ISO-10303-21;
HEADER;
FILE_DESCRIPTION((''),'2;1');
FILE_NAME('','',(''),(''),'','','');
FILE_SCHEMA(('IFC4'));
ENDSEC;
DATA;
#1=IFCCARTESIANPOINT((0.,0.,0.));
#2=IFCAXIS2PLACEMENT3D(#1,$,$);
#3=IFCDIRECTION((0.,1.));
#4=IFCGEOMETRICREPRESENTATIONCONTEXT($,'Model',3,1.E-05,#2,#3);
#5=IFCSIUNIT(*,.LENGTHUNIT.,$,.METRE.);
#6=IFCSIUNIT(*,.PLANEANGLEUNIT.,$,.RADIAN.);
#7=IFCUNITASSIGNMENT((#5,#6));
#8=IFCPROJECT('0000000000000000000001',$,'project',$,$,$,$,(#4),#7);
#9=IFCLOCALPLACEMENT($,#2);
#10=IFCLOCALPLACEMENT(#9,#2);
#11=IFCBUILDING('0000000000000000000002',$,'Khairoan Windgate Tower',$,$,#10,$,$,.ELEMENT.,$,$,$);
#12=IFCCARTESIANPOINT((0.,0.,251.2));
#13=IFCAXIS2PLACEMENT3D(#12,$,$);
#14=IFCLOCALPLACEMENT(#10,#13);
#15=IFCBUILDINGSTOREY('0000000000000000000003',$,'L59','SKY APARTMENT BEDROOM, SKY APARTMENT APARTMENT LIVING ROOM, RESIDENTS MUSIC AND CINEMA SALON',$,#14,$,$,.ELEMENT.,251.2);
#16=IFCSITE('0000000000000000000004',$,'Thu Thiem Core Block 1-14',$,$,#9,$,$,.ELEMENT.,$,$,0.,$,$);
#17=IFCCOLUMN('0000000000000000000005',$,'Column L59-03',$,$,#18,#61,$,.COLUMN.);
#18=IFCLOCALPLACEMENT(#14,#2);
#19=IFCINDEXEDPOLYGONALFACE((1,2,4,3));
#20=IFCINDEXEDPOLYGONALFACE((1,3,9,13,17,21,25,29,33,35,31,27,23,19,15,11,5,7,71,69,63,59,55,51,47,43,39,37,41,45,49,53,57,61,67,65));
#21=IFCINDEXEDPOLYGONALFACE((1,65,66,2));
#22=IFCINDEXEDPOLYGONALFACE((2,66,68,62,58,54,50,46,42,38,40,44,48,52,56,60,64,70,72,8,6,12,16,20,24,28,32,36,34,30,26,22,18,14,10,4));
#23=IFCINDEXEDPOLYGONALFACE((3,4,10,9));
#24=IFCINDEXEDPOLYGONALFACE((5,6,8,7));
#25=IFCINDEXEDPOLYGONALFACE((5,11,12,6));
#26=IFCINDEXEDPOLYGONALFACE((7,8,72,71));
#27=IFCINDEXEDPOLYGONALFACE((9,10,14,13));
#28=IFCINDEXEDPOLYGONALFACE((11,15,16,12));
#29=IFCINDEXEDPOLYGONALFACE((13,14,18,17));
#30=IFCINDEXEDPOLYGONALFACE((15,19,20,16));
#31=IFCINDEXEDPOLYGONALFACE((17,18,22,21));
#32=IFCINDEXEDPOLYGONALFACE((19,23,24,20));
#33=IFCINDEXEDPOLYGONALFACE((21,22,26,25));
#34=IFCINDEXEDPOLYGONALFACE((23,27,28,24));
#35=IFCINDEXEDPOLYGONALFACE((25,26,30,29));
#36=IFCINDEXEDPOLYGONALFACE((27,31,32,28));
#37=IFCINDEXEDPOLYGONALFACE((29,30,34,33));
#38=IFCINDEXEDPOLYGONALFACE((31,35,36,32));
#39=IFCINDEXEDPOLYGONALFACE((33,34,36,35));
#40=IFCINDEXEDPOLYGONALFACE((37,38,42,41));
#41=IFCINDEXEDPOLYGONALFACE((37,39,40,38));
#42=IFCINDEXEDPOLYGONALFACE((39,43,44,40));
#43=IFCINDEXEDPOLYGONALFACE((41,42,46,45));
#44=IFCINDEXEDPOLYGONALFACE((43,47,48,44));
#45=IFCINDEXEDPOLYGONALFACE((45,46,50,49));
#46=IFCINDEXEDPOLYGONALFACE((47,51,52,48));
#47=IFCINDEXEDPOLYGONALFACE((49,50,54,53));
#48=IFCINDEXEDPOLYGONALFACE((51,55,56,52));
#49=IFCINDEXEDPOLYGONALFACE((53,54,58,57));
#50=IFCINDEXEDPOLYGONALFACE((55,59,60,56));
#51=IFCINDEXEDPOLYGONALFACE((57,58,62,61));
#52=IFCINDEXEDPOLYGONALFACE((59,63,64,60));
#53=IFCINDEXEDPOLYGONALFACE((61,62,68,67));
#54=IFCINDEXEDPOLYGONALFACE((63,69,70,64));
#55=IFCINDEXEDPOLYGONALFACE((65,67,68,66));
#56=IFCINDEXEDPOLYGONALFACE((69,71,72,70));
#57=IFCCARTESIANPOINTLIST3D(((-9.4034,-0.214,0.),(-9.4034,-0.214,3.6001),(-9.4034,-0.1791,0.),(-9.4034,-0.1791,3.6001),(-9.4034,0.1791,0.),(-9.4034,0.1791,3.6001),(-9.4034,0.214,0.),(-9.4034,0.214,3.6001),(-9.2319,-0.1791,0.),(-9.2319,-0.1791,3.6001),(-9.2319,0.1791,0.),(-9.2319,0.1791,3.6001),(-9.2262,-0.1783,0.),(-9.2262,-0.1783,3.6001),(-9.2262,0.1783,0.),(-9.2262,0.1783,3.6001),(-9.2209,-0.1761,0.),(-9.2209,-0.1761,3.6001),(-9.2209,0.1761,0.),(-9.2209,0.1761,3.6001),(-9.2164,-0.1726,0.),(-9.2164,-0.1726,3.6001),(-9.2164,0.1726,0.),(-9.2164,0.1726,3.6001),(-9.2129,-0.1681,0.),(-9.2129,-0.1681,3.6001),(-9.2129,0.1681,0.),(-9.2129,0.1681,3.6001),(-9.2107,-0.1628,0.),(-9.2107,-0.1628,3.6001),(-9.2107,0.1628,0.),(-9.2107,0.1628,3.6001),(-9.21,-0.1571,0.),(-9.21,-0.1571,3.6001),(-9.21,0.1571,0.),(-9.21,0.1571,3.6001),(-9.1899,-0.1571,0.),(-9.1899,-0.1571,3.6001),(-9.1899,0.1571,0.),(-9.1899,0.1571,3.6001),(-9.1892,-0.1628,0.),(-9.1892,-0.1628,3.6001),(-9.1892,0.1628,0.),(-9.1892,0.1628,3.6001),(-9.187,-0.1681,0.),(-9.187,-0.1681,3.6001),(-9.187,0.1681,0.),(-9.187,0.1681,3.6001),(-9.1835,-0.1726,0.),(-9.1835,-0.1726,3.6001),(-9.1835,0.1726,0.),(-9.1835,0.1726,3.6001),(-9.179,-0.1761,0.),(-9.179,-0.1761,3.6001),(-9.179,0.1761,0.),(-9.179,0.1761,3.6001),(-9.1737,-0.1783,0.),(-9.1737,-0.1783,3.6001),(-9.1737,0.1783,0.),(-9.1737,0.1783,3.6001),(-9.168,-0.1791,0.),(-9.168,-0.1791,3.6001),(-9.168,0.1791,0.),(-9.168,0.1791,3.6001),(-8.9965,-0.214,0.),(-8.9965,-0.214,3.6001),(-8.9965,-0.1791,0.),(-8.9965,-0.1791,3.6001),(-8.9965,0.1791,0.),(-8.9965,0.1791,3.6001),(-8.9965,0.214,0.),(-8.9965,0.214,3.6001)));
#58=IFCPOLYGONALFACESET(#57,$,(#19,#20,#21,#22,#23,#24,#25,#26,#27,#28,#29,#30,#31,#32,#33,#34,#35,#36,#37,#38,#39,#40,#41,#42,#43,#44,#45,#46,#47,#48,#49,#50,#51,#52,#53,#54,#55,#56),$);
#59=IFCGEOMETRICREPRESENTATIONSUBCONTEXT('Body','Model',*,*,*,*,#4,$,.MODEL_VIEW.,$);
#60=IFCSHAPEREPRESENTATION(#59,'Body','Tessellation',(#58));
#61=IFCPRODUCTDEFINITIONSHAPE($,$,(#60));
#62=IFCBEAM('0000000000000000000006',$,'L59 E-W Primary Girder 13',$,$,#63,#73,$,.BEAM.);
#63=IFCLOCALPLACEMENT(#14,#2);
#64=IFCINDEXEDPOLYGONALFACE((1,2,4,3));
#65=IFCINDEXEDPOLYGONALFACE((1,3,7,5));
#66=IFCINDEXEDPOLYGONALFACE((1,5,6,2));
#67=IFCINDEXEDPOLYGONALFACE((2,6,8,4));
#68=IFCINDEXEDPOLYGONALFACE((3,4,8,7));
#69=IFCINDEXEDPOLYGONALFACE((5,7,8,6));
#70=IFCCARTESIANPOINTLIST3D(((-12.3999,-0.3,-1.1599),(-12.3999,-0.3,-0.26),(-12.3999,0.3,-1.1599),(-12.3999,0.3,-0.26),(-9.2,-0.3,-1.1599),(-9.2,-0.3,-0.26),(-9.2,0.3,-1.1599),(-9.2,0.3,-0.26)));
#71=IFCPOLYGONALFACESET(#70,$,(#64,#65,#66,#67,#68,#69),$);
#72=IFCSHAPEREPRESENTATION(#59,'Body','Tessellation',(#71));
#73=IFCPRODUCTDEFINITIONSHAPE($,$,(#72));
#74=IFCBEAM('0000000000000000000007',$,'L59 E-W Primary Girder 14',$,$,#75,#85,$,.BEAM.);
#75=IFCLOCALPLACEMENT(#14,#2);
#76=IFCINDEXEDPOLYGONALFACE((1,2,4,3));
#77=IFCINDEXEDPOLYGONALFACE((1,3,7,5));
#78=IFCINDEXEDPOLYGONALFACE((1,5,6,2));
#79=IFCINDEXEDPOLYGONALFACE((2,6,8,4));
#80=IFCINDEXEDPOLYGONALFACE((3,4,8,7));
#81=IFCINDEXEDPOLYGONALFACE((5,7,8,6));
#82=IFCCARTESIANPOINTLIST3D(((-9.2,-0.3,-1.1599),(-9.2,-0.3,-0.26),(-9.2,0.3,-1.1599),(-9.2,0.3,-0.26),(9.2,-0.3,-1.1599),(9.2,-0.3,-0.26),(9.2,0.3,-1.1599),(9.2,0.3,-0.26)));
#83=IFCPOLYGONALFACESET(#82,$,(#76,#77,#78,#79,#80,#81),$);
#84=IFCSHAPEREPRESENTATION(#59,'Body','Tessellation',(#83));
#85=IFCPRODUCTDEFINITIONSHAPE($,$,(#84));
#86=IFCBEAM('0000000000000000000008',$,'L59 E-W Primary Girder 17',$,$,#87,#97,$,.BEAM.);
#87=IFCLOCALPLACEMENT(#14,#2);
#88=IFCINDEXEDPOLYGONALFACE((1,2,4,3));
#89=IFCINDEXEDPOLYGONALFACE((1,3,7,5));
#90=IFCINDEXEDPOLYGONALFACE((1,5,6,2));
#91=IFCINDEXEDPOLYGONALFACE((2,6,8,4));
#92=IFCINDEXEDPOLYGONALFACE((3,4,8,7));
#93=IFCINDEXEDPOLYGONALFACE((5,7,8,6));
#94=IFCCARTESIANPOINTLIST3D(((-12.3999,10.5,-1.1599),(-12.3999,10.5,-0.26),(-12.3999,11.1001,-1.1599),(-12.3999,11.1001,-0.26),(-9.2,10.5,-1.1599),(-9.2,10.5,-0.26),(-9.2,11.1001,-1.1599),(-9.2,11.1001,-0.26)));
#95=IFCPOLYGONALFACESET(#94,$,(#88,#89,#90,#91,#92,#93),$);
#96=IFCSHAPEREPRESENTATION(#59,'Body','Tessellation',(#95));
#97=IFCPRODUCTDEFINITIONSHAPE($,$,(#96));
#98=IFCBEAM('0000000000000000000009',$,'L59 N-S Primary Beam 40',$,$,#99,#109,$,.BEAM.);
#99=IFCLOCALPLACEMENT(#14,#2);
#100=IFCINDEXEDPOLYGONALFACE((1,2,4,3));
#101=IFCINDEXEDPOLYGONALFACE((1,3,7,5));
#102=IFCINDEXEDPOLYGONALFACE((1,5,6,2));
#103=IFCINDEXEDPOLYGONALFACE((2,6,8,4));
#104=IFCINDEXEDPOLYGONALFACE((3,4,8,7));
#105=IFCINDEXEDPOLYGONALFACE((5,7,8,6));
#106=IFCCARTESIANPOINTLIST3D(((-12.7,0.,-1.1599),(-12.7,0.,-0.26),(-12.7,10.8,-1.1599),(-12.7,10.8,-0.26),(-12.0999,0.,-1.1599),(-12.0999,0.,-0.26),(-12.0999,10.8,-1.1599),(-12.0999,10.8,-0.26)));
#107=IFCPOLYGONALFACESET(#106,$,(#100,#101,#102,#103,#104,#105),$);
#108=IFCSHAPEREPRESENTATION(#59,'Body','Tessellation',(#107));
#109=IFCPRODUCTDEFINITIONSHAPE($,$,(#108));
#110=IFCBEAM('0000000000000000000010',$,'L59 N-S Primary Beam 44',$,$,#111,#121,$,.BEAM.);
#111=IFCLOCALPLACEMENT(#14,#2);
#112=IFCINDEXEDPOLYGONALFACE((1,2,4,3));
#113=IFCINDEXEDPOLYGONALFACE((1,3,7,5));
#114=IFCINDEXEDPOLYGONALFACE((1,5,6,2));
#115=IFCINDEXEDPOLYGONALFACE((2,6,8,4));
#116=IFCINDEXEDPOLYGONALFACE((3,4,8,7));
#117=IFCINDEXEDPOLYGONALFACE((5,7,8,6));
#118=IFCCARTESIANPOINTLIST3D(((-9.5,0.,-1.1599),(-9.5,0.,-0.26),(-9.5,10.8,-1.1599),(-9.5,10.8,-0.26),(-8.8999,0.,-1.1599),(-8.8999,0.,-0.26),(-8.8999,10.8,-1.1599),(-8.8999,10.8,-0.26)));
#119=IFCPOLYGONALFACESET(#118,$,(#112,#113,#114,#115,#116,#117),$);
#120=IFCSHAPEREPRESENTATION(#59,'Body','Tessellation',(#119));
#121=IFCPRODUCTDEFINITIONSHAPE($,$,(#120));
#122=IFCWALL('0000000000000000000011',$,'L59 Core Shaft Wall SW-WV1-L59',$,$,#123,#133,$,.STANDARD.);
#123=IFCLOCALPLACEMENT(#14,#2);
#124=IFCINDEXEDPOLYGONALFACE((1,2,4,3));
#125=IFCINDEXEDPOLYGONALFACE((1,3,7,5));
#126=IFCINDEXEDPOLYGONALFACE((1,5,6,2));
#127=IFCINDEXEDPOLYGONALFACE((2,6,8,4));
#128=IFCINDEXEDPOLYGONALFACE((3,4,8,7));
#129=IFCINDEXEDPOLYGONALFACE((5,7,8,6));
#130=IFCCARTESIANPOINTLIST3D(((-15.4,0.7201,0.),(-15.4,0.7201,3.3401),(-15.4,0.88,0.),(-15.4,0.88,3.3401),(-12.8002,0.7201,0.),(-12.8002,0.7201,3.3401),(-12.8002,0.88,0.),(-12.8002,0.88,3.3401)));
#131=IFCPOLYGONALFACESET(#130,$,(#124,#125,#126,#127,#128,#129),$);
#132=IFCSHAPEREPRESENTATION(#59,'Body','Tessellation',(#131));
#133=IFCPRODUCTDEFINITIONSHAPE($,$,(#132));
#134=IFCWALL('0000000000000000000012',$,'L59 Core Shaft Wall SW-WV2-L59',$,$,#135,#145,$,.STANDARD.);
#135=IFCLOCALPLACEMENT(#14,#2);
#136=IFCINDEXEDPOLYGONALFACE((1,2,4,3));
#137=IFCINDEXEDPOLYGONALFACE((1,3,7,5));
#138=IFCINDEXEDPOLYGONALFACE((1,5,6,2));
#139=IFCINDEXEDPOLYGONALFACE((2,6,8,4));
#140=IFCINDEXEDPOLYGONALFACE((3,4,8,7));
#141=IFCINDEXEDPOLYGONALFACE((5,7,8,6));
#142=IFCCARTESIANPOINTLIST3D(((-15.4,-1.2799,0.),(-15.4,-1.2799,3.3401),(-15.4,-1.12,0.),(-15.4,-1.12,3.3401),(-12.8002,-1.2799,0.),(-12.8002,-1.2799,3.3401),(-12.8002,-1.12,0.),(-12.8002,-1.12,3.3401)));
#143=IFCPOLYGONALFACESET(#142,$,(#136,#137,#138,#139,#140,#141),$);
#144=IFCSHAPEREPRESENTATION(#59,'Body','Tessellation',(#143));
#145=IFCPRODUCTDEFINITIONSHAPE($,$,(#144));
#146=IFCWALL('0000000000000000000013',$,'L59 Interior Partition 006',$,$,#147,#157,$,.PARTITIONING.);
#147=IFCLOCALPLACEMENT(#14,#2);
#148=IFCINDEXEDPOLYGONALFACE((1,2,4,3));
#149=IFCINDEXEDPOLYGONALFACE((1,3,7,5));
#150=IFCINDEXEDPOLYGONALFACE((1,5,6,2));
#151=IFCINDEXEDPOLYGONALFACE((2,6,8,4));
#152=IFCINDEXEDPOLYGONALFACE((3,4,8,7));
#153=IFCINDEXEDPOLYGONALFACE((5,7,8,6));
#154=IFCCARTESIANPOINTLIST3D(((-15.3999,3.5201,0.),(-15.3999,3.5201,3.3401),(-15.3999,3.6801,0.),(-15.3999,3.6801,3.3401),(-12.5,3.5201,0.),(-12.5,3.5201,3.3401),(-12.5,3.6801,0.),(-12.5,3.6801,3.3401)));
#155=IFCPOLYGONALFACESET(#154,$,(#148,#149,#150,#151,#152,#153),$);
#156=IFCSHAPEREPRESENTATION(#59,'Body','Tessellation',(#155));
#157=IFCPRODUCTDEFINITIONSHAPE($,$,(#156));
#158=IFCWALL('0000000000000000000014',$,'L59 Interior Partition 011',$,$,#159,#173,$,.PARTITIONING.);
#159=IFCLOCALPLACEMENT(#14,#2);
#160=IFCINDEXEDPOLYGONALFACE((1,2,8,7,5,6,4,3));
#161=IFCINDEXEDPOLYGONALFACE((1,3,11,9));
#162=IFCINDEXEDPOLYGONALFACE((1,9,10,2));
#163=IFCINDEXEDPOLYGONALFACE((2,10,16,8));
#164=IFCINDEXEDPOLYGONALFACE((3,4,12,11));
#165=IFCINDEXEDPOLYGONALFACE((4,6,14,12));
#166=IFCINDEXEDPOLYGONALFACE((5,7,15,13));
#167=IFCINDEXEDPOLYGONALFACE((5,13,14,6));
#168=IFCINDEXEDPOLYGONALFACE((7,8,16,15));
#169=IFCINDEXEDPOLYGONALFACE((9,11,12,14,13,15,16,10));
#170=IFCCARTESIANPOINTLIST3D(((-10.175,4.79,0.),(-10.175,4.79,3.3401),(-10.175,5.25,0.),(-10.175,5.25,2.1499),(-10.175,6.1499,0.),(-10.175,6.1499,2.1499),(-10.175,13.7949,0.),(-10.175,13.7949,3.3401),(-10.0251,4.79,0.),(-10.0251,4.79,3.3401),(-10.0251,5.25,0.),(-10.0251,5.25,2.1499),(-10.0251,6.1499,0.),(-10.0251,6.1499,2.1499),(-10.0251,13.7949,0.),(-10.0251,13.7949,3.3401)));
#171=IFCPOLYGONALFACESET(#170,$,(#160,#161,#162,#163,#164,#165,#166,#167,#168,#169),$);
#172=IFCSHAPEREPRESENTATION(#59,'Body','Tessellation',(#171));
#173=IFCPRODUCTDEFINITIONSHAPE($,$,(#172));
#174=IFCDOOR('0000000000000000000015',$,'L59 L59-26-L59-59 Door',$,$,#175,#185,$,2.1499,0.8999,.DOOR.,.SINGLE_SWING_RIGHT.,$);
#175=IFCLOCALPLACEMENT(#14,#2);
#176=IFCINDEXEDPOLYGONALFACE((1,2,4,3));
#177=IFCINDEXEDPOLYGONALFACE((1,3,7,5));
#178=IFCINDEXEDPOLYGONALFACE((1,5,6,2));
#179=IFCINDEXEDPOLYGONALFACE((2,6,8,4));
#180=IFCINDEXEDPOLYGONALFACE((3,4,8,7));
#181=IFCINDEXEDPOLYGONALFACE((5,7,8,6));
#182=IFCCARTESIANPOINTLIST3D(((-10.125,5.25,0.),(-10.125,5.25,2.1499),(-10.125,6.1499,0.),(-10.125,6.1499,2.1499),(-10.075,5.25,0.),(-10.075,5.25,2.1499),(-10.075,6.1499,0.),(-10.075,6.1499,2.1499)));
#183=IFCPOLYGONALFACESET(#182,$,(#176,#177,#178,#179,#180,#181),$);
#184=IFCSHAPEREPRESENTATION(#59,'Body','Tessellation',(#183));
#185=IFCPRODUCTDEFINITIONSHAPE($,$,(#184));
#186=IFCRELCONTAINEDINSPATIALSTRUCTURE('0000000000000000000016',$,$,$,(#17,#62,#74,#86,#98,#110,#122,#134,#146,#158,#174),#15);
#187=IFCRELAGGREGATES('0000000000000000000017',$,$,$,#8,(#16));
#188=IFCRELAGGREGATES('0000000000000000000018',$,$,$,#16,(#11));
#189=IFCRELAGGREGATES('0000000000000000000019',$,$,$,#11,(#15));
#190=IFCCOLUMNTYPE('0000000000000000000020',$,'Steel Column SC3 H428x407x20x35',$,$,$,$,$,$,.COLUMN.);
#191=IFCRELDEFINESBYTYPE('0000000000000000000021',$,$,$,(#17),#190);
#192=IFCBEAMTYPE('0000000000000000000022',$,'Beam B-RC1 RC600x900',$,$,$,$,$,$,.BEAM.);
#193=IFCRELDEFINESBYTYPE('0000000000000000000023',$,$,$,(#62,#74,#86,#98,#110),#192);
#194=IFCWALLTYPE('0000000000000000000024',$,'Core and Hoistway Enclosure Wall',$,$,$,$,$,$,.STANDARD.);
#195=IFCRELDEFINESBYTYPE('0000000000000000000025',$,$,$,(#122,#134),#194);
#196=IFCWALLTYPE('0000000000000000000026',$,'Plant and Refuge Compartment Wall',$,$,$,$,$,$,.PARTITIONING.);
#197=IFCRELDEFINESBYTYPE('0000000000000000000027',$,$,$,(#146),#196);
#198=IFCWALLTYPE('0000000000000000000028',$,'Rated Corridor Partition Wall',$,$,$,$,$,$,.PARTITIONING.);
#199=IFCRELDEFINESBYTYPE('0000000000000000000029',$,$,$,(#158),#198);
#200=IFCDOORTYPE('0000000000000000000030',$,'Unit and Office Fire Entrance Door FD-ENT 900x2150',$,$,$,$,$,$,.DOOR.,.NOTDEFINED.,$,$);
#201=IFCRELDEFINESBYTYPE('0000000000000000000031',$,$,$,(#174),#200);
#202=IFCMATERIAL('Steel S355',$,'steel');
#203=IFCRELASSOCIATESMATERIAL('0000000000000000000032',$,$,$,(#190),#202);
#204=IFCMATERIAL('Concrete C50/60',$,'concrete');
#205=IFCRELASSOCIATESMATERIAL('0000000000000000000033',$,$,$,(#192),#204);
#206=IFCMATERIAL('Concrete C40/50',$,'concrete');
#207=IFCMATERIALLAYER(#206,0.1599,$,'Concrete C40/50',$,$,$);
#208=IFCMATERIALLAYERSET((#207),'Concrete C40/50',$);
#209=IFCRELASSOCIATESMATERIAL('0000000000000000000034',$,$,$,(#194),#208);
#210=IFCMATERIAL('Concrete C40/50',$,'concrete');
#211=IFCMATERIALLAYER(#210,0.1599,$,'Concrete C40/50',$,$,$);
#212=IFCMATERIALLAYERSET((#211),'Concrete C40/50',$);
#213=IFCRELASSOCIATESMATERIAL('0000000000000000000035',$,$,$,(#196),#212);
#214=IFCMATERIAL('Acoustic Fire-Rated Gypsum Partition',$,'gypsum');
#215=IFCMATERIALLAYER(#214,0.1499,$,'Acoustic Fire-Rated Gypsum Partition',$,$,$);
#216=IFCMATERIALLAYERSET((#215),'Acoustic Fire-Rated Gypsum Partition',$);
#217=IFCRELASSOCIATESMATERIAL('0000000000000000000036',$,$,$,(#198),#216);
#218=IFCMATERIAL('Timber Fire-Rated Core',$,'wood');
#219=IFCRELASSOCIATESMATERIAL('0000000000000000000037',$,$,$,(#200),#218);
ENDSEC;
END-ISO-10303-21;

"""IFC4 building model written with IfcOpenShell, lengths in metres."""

from ifc_helpers import new_model, si_unit, direction, frame, frame_2d, origin, origin_2d, place, context, subcontext, project, spatial, rectangle, i_section, extrude, material, layer, layer_set, material_profile, profile_set, type_object, element, fill, save


model = new_model("IFC4")

# Units and contexts
model_context = context("Model", 3, precision=1e-05, world=origin(), true_north=direction((0.0, 1.0)))
body_context = subcontext(model_context, "Body", "Model", "MODEL_VIEW")
ifc_project = project(units=[si_unit("LENGTHUNIT", "METRE"), si_unit("PLANEANGLEUNIT", "RADIAN")], contexts=[model_context])

# Site, building, storey
site_placement = place(None, origin())
site = spatial("IfcSite", under=ifc_project, at=site_placement, Name="Thu Thiem Core Block 1-14", CompositionType="ELEMENT", RefElevation=0.0)
building_placement = place(site_placement, origin())
building = spatial("IfcBuilding", under=site, at=building_placement, Name="Khairoan Windgate Tower", CompositionType="ELEMENT")
storey_placement = place(building_placement, frame((0.0, 0.0, 251.2)))
storey = spatial("IfcBuildingStorey", under=building, at=storey_placement, Name="L59", Description="SKY APARTMENT BEDROOM, SKY APARTMENT APARTMENT LIVING ROOM, RESIDENTS MUSIC AND CINEMA SALON", CompositionType="ELEMENT", Elevation=251.2)

# Column
ifc_material_1 = material(Name="Steel S355", Category="steel")
ifc_material_profile_1 = material_profile(ifc_material_1, i_section(OverallWidth=0.407, OverallDepth=0.428, WebThickness=0.02, FlangeThickness=0.0349, FilletRadius=0.022, at=origin_2d()))
ifc_profile_set_1 = profile_set([ifc_material_profile_1], Name="Steel S355")
column_type = type_object("IfcColumnType", Name="Steel Column SC3 H428x407x20x35", PredefinedType="COLUMN", material=ifc_profile_set_1)
column_placement = place(storey_placement, frame((-9.2, 0.0, 0.0), z_axis=(0.0, 0.0, 1.0), x_axis=(1.0, 0.0, 0.0)))
element("IfcColumn", 1, at=column_placement, inside=storey, type_object=column_type, Name="Column L59-03", PredefinedType="COLUMN", context=body_context, shape_type="SweptSolid", body=[
    extrude(i_section(OverallWidth=0.407, OverallDepth=0.428, WebThickness=0.02, FlangeThickness=0.0349, FilletRadius=0.022, at=origin_2d()), origin(), (0.0, 0.0, 1.0), 3.6001),
])

# Beams
ifc_material_2 = material(Name="Concrete C50/60", Category="concrete")
ifc_material_profile_2 = material_profile(ifc_material_2, rectangle(XDim=0.6001, YDim=0.8999, at=origin_2d()))
ifc_profile_set_2 = profile_set([ifc_material_profile_2], Name="Concrete C50/60")
beam_type = type_object("IfcBeamType", Name="Beam B-RC1 RC600x900", PredefinedType="BEAM", material=ifc_profile_set_2)
beam_1_placement = place(storey_placement, frame((-12.3999, 0.0, -0.71), z_axis=(1.0, 0.0, 0.0), x_axis=(0.0, 1.0, 0.0)))
element("IfcBeam", 2, at=beam_1_placement, inside=storey, type_object=beam_type, Name="L59 E-W Primary Girder 13", PredefinedType="BEAM", context=body_context, shape_type="SweptSolid", body=[
    extrude(rectangle(XDim=0.6001, YDim=0.8999, at=origin_2d()), origin(), (0.0, 0.0, 1.0), 3.2),
])
beam_2_placement = place(storey_placement, frame((-9.2, 0.0, -0.71), z_axis=(1.0, 0.0, 0.0), x_axis=(0.0, 1.0, 0.0)))
element("IfcBeam", 3, at=beam_2_placement, inside=storey, type_object=beam_type, Name="L59 E-W Primary Girder 14", PredefinedType="BEAM", context=body_context, shape_type="SweptSolid", body=[
    extrude(rectangle(XDim=0.6001, YDim=0.8999, at=origin_2d()), origin(), (0.0, 0.0, 1.0), 18.3999),
])
beam_3_placement = place(storey_placement, frame((-12.3999, 10.8, -0.71), z_axis=(1.0, 0.0, 0.0), x_axis=(0.0, 1.0, 0.0)))
element("IfcBeam", 4, at=beam_3_placement, inside=storey, type_object=beam_type, Name="L59 E-W Primary Girder 17", PredefinedType="BEAM", context=body_context, shape_type="SweptSolid", body=[
    extrude(rectangle(XDim=0.6001, YDim=0.8999, at=origin_2d()), origin(), (0.0, 0.0, 1.0), 3.2),
])
for number, where, z_axis, x_axis, name in (
    (5, (-12.3999, 0.0, -0.71), (0.0, 1.0, 0.0), (-1.0, 0.0, 0.0), "L59 N-S Primary Beam 40"),
    (6, (-9.2, 0.0, -0.71), (0.0, 1.0, 0.0), (-1.0, 0.0, 0.0), "L59 N-S Primary Beam 44"),
):
    element("IfcBeam", number, at=place(storey_placement, frame(where, z_axis=z_axis, x_axis=x_axis)), inside=storey, type_object=beam_type, Name=name, PredefinedType="BEAM", context=body_context, shape_type="SweptSolid", body=[
        extrude(rectangle(XDim=0.6001, YDim=0.8999, at=origin_2d()), origin(), (0.0, 0.0, 1.0), 10.8),
    ])

# Walls
ifc_material_3 = material(Name="Concrete C40/50", Category="concrete")
ifc_layer_1 = layer(ifc_material_3, 0.1599, Name="Concrete C40/50")
ifc_layer_set_1 = layer_set([ifc_layer_1], Name="Concrete C40/50")
wall_type_1 = type_object("IfcWallType", Name="Core and Hoistway Enclosure Wall", PredefinedType="STANDARD", material=ifc_layer_set_1)
for number, where, z_axis, x_axis, name in (
    (7, (-15.3999, 0.8, 0.0), (0.0, 0.0, 1.0), (1.0, 0.0, 0.0), "L59 Core Shaft Wall SW-WV1-L59"),
    (8, (-15.3999, -1.2, 0.0), (0.0, 0.0, 1.0), (1.0, 0.0, 0.0), "L59 Core Shaft Wall SW-WV2-L59"),
):
    element("IfcWall", number, at=place(storey_placement, frame(where, z_axis=z_axis, x_axis=x_axis)), inside=storey, type_object=wall_type_1, Name=name, PredefinedType="STANDARD", context=body_context, shape_type="SweptSolid", body=[
        extrude(rectangle(XDim=2.5999, YDim=0.1599, at=frame_2d((1.2998, 0.0))), origin(), (0.0, 0.0, 1.0), 3.3401),
    ])
ifc_material_4 = material(Name="Concrete C40/50", Category="concrete")
ifc_layer_2 = layer(ifc_material_4, 0.1599, Name="Concrete C40/50")
ifc_layer_set_2 = layer_set([ifc_layer_2], Name="Concrete C40/50")
wall_type_2 = type_object("IfcWallType", Name="Plant and Refuge Compartment Wall", PredefinedType="PARTITIONING", material=ifc_layer_set_2)
wall_1_placement = place(storey_placement, frame((-15.3999, 3.6001, 0.0), z_axis=(0.0, 0.0, 1.0), x_axis=(1.0, 0.0, 0.0)))
element("IfcWall", 9, at=wall_1_placement, inside=storey, type_object=wall_type_2, Name="L59 Interior Partition 006", PredefinedType="PARTITIONING", context=body_context, shape_type="SweptSolid", body=[
    extrude(rectangle(XDim=2.8999, YDim=0.1599, at=frame_2d((1.45, 0.0))), origin(), (0.0, 0.0, 1.0), 3.3401),
])

# Wall, opening, door
ifc_material_5 = material(Name="Acoustic Fire-Rated Gypsum Partition", Category="gypsum")
ifc_layer_3 = layer(ifc_material_5, 0.1499, Name="Acoustic Fire-Rated Gypsum Partition")
ifc_layer_set_3 = layer_set([ifc_layer_3], Name="Acoustic Fire-Rated Gypsum Partition")
wall_type_3 = type_object("IfcWallType", Name="Rated Corridor Partition Wall", PredefinedType="PARTITIONING", material=ifc_layer_set_3)
wall_2_placement = place(storey_placement, frame((-10.1001, 4.79, 0.0), z_axis=(0.0, 0.0, 1.0), x_axis=(0.0, 1.0, 0.0)))
wall_2 = element("IfcWall", 10, at=wall_2_placement, inside=storey, type_object=wall_type_3, Name="L59 Interior Partition 011", PredefinedType="PARTITIONING", context=body_context, shape_type="SweptSolid", body=[
    extrude(rectangle(XDim=9.0049, YDim=0.1499, at=frame_2d((4.5024, 0.0))), origin(), (0.0, 0.0, 1.0), 3.3401),
])
opening_1_placement = place(wall_2_placement, frame((0.46, 0.0, 0.0)))
opening_1 = element("IfcOpeningElement", 11, at=opening_1_placement, cuts=wall_2, PredefinedType="OPENING", context=body_context, shape_type="SweptSolid", body=[
    extrude(rectangle(XDim=0.8999, YDim=2.1499, at=frame_2d((0.45, 1.075))), frame((0.0, 0.085, 0.0), z_axis=(0.0, -1.0, 0.0), x_axis=(1.0, 0.0, 0.0)), (0.0, 0.0, 1.0), 0.1699),
])
ifc_material_6 = material(Name="Timber Fire-Rated Core", Category="wood")
door_type = type_object("IfcDoorType", Name="Unit and Office Fire Entrance Door FD-ENT 900x2150", OperationType="NOTDEFINED", PredefinedType="DOOR", material=ifc_material_6)
door_1_placement = place(opening_1_placement, origin())
door_1 = element("IfcDoor", 12, at=door_1_placement, inside=storey, type_object=door_type, Name="L59 L59-26-L59-59 Door", OperationType="SINGLE_SWING_RIGHT", OverallHeight=2.1499, OverallWidth=0.8999, PredefinedType="DOOR", context=body_context, shape_type="SweptSolid", body=[
    extrude(rectangle(XDim=0.8999, YDim=2.1499, at=frame_2d((0.45, 1.075))), frame((0.0, 0.0249, 0.0), z_axis=(0.0, -1.0, 0.0), x_axis=(1.0, 0.0, 0.0)), (0.0, 0.0, 1.0), 0.05),
])
fill(opening_1, door_1)

save(model, "model.ifc")
